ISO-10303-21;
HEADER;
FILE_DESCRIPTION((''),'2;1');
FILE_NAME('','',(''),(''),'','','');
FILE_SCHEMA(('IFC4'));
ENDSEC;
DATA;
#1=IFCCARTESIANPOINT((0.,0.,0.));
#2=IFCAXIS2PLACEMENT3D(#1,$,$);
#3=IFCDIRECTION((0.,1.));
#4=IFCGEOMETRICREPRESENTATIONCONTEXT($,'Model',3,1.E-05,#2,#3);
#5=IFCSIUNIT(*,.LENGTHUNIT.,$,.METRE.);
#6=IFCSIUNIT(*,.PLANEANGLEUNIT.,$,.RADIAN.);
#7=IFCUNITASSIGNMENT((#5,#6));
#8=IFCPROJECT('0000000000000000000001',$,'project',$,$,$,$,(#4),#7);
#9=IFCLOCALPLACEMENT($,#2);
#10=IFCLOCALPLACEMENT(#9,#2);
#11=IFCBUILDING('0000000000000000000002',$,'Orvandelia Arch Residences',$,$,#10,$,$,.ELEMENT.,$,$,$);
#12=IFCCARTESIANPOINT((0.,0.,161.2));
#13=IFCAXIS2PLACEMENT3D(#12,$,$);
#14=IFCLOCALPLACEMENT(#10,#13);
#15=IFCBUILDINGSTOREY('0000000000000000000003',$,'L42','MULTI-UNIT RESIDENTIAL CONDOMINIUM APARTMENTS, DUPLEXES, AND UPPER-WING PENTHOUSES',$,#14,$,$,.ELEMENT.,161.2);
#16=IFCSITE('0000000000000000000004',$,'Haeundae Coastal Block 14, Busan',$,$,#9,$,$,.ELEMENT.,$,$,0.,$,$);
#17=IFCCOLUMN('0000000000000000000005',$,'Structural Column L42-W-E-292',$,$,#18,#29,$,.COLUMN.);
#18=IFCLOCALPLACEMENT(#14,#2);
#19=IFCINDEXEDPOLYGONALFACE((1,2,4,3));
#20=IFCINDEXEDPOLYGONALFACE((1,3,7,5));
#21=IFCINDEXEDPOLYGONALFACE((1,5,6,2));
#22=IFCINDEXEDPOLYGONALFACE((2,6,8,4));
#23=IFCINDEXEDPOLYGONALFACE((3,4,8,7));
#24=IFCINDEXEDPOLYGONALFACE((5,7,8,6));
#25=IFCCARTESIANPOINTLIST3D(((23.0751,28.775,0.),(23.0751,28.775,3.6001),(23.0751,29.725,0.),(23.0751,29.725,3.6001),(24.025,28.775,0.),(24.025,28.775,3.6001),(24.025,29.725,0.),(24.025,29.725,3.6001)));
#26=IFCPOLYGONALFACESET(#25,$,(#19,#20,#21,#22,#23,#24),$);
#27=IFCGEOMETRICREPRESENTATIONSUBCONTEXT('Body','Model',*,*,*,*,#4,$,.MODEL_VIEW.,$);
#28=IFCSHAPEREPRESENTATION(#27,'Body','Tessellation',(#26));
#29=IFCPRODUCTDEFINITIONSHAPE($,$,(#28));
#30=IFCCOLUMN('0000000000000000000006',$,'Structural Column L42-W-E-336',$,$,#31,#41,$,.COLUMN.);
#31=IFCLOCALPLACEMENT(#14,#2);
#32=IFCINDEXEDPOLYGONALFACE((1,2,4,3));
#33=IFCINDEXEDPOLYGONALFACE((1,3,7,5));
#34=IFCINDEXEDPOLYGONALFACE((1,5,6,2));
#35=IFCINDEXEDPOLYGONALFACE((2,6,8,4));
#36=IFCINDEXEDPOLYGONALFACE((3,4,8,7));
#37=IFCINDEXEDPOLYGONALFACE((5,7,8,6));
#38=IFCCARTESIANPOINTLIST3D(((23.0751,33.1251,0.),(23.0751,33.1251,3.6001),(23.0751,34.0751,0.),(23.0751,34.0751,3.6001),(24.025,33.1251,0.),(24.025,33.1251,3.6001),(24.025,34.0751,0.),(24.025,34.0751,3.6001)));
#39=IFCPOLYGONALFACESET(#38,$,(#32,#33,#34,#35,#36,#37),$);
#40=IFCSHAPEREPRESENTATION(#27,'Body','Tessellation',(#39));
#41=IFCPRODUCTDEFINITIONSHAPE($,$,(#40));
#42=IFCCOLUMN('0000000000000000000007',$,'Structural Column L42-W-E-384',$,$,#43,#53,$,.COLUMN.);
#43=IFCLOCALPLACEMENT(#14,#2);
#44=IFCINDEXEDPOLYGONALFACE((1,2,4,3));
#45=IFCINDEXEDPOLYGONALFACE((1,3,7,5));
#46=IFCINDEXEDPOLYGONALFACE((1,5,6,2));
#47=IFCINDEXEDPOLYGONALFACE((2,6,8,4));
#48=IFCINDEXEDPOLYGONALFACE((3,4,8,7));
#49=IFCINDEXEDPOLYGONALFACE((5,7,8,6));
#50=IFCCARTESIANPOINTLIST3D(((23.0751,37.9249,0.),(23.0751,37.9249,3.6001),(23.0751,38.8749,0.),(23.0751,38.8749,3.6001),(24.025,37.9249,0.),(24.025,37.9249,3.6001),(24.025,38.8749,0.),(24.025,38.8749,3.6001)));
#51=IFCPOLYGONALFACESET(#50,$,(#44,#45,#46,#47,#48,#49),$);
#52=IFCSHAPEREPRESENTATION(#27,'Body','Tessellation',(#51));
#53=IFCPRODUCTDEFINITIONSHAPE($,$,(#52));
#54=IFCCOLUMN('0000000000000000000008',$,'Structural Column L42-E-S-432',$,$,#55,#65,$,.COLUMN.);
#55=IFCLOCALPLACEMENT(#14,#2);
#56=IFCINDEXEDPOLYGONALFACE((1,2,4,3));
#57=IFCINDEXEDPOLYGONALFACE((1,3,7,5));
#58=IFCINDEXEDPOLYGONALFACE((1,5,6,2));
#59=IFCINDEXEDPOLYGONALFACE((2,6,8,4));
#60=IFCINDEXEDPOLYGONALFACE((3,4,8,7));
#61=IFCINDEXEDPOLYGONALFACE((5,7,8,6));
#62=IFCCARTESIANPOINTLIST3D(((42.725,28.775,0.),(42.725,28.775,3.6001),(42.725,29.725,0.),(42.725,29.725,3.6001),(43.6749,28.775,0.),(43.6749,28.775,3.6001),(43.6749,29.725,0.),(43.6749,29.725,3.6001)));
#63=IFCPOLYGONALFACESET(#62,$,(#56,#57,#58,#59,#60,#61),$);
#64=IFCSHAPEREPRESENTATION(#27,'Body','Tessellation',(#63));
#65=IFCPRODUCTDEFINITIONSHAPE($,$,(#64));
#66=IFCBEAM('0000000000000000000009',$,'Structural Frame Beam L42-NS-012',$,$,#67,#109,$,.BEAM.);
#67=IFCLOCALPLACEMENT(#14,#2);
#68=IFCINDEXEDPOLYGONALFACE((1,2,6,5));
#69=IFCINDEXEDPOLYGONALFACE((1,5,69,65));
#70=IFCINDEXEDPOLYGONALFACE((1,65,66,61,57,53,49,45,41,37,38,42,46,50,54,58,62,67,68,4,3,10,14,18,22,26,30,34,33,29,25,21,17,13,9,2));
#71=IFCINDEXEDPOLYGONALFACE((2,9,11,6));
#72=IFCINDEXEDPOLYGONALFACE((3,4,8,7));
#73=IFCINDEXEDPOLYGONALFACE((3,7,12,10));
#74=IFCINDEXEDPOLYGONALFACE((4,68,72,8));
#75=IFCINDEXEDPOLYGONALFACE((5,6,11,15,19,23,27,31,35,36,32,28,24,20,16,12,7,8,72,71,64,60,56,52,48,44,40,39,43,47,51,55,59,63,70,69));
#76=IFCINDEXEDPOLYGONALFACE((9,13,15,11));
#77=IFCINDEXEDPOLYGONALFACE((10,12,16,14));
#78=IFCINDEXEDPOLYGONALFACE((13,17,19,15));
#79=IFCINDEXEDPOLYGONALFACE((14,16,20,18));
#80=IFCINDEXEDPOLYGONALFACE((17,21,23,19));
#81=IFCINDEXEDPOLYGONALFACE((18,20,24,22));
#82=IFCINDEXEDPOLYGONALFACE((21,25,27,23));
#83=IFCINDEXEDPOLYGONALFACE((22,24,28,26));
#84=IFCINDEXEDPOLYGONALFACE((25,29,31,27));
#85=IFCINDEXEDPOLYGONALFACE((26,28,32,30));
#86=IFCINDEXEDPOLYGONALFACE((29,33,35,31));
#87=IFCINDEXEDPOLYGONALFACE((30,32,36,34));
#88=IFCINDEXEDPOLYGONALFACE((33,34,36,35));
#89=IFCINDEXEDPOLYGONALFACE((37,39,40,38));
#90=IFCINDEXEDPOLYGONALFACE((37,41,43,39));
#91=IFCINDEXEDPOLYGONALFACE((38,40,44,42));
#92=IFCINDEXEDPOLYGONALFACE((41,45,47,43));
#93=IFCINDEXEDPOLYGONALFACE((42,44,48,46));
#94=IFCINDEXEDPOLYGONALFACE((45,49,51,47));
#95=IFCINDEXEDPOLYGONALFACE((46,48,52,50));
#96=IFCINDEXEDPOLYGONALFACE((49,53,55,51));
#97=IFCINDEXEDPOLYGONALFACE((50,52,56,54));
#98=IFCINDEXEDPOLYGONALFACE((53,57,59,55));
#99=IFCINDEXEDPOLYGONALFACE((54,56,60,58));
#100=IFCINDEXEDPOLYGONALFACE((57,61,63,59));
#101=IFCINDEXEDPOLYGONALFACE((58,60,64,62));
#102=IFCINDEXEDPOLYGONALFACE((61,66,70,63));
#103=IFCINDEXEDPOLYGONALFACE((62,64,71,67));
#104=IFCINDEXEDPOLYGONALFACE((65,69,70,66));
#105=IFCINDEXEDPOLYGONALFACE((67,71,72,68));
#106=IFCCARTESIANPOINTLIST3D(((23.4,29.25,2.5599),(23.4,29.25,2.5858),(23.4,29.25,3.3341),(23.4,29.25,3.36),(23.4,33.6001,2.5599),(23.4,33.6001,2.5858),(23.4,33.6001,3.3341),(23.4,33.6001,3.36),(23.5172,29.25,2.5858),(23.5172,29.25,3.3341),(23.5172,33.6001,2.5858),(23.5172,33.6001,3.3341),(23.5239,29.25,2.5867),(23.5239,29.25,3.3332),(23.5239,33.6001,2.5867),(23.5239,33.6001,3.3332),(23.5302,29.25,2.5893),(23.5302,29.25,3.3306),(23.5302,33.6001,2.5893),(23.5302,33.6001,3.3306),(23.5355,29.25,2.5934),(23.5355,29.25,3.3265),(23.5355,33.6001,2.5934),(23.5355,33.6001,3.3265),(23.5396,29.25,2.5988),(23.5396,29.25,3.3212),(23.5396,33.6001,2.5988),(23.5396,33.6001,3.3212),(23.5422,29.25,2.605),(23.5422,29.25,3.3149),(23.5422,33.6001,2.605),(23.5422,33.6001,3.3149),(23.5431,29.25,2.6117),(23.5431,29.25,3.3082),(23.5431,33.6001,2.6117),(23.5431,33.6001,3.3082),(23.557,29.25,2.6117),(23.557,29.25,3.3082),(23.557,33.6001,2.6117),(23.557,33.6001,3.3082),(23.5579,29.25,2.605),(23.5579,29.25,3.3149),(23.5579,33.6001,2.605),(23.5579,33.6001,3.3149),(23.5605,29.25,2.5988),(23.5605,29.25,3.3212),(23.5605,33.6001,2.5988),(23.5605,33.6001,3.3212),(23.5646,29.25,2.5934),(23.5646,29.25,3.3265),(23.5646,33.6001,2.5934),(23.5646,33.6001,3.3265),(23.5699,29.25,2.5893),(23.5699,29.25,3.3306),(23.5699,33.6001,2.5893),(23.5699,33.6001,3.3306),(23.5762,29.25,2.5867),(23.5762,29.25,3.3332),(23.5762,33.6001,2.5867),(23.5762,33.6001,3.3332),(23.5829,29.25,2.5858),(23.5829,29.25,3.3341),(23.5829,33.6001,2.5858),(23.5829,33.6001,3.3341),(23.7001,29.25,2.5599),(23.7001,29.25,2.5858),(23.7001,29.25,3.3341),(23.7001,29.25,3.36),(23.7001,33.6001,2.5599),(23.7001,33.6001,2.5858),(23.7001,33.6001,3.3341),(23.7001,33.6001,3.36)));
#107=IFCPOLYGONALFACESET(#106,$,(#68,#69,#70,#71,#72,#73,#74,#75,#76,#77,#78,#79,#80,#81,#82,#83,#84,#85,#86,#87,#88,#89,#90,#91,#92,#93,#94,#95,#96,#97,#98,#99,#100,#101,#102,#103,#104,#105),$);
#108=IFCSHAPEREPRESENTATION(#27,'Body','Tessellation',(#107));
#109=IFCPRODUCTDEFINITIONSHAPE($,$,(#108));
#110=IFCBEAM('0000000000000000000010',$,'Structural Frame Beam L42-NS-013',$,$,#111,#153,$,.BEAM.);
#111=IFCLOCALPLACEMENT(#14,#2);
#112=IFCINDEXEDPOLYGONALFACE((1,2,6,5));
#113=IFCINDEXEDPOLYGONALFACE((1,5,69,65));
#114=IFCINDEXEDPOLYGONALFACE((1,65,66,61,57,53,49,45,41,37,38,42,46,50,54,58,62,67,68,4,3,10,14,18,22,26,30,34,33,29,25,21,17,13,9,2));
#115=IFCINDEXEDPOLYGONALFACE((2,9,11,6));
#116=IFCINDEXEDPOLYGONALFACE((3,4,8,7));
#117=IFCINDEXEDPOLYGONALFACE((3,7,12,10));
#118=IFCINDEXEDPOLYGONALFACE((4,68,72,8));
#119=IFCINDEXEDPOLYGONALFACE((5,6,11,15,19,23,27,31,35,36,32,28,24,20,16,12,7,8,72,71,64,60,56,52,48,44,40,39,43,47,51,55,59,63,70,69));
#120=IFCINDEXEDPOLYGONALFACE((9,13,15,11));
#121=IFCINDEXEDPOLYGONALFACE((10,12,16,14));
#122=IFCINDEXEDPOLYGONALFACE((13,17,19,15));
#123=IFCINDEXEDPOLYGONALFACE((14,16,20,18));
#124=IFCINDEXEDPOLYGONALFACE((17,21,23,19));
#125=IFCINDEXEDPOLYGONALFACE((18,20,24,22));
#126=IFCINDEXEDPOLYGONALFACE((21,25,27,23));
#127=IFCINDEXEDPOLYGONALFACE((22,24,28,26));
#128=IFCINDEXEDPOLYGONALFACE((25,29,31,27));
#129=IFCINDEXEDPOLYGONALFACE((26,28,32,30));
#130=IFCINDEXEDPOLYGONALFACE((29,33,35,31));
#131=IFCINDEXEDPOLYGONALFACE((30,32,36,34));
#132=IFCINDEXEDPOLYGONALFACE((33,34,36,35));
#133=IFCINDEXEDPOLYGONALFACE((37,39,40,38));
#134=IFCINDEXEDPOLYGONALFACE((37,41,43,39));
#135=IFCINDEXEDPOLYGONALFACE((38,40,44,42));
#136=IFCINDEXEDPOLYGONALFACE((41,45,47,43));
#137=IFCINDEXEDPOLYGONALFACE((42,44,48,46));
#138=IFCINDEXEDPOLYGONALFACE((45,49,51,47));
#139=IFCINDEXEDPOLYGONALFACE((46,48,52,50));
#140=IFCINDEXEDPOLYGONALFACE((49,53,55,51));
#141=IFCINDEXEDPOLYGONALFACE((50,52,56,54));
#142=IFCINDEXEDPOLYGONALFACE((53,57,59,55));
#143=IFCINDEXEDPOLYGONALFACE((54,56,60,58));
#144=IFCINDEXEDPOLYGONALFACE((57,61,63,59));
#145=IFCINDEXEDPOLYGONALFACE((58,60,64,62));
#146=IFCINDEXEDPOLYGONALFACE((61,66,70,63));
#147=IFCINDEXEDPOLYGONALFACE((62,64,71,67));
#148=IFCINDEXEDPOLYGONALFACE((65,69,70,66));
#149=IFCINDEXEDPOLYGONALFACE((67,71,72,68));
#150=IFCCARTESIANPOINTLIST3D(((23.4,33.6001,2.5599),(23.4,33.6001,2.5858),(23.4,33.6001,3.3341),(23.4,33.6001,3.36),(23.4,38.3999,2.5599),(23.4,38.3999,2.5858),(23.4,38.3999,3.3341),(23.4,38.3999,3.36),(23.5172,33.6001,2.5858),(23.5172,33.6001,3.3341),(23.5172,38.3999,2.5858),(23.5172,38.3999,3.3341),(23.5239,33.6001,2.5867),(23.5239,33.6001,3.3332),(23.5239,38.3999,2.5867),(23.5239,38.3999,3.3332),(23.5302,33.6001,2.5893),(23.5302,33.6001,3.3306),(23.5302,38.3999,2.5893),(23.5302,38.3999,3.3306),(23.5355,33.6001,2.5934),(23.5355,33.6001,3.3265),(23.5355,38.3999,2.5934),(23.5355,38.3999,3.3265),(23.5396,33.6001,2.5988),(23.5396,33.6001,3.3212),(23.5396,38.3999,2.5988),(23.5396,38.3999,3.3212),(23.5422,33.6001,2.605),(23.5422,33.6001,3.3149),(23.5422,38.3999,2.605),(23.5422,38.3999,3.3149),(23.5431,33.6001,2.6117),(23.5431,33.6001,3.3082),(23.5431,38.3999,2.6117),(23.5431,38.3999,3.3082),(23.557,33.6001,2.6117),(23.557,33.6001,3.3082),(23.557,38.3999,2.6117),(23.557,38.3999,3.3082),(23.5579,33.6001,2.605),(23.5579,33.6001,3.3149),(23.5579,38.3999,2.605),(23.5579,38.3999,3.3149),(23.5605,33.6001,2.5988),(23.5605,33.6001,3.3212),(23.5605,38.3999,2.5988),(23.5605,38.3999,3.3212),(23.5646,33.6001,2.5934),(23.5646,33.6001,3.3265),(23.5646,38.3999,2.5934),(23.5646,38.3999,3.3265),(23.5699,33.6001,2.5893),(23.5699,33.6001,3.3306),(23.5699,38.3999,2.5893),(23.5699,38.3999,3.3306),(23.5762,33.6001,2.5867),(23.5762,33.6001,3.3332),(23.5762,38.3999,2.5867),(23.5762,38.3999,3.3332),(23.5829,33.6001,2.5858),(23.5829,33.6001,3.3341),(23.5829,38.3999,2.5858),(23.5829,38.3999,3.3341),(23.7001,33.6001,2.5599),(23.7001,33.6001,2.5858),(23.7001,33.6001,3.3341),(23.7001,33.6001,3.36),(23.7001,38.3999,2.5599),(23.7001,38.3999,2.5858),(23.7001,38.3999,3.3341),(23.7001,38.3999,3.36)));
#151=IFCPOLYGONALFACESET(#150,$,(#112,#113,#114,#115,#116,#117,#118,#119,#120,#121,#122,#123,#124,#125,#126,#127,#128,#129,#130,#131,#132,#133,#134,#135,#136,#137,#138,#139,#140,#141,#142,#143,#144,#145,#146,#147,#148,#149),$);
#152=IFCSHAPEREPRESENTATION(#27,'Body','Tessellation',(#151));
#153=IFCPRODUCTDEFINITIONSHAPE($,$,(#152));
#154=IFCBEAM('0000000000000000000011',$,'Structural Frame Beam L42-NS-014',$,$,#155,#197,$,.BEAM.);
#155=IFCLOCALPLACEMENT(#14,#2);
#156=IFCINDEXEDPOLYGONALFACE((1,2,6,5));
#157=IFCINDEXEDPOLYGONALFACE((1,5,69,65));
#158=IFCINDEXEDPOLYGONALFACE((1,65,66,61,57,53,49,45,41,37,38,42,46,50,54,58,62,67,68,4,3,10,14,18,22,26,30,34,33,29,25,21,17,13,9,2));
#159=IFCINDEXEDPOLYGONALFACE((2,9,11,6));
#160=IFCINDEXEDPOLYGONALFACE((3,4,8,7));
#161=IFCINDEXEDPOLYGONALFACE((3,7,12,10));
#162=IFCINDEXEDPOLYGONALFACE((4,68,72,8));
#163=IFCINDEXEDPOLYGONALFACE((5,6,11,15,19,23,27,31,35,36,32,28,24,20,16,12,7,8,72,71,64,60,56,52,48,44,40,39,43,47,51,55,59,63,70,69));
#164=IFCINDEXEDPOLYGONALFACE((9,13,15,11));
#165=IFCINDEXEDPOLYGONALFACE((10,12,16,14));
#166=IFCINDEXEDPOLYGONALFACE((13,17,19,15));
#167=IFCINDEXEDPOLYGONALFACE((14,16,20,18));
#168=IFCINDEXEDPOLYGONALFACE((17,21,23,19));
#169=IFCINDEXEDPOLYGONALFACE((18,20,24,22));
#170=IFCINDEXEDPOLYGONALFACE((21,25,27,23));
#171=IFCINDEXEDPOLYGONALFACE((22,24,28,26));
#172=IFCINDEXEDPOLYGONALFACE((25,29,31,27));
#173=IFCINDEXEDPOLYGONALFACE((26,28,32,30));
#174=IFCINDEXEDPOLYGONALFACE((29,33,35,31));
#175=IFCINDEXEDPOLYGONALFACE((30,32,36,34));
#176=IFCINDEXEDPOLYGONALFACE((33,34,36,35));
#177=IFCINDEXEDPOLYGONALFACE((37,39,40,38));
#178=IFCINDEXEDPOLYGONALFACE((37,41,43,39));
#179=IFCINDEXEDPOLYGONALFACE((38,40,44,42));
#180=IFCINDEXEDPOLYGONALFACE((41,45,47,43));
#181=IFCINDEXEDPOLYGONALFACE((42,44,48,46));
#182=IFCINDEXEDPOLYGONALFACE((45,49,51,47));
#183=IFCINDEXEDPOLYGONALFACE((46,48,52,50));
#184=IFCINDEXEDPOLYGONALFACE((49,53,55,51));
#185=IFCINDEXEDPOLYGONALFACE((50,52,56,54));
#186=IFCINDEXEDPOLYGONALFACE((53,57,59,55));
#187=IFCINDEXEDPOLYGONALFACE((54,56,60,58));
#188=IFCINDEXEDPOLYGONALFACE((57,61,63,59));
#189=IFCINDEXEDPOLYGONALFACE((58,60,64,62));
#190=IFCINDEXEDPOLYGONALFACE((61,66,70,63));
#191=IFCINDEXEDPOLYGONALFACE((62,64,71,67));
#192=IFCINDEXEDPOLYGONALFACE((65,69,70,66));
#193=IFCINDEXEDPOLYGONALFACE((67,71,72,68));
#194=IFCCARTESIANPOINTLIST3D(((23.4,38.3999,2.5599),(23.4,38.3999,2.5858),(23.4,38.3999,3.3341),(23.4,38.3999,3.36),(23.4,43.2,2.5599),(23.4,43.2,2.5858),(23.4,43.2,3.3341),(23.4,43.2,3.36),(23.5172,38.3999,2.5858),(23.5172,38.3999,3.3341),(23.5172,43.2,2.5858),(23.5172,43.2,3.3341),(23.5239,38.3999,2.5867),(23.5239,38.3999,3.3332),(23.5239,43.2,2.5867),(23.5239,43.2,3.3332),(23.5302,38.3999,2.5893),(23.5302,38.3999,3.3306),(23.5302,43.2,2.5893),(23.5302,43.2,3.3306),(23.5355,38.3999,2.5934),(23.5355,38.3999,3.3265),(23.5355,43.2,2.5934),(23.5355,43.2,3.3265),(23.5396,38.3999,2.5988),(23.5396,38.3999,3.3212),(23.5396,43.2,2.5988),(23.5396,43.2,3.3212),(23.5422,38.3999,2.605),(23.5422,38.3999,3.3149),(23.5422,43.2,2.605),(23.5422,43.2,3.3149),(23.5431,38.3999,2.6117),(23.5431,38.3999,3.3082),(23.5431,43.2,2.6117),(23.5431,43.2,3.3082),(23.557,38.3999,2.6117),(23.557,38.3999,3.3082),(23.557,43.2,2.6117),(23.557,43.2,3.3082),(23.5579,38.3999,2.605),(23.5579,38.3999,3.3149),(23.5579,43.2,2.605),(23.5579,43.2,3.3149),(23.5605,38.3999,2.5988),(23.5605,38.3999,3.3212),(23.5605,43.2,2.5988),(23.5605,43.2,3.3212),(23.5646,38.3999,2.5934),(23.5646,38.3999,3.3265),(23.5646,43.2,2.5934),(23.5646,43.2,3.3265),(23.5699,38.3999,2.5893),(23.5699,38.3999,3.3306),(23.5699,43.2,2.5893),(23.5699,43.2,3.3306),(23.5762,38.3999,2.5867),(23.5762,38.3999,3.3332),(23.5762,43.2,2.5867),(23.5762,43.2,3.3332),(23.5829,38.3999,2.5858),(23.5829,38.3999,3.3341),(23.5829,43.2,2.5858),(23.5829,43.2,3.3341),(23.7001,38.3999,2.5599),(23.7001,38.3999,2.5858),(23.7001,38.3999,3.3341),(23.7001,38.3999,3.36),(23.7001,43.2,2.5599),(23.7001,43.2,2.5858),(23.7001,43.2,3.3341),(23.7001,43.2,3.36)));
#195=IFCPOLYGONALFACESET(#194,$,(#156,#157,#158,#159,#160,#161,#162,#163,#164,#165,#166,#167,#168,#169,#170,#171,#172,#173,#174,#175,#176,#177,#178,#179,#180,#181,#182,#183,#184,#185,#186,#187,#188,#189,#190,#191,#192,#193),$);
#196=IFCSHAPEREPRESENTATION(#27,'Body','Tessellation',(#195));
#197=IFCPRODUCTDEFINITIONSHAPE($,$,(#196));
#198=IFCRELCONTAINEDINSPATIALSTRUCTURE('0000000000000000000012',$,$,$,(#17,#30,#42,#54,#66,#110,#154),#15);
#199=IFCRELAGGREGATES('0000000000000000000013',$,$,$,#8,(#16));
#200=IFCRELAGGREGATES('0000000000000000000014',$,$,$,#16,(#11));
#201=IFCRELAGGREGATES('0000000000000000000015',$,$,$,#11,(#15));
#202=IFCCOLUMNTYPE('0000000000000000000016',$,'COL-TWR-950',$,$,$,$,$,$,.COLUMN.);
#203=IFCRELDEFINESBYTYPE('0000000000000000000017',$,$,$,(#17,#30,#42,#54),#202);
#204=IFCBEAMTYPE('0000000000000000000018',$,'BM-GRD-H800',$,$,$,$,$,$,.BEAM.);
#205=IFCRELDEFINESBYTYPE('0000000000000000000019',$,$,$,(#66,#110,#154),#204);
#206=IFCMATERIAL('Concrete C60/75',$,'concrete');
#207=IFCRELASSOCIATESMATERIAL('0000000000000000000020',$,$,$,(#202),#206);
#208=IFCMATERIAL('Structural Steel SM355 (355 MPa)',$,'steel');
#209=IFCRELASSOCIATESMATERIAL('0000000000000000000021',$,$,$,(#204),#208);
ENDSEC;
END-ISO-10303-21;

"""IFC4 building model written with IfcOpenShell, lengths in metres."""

from ifc_helpers import new_model, si_unit, direction, frame, origin, origin_2d, place, context, subcontext, project, spatial, rectangle, i_section, extrude, material, material_profile, profile_set, type_object, element, save


model = new_model("IFC4")

# Units and contexts
model_context = context("Model", 3, precision=1e-05, world=origin(), true_north=direction((0.0, 1.0)))
body_context = subcontext(model_context, "Body", "Model", "MODEL_VIEW")
ifc_project = project(units=[si_unit("LENGTHUNIT", "METRE"), si_unit("PLANEANGLEUNIT", "RADIAN")], contexts=[model_context])

# Site, building, storey
site_placement = place(None, origin())
site = spatial("IfcSite", under=ifc_project, at=site_placement, Name="Haeundae Coastal Block 14, Busan", CompositionType="ELEMENT", RefElevation=0.0)
building_placement = place(site_placement, origin())
building = spatial("IfcBuilding", under=site, at=building_placement, Name="Orvandelia Arch Residences", CompositionType="ELEMENT")
storey_placement = place(building_placement, frame((0.0, 0.0, 161.2)))
storey = spatial("IfcBuildingStorey", under=building, at=storey_placement, Name="L42", Description="MULTI-UNIT RESIDENTIAL CONDOMINIUM APARTMENTS, DUPLEXES, AND UPPER-WING PENTHOUSES", CompositionType="ELEMENT", Elevation=161.2)

# Columns
ifc_material_1 = material(Name="Concrete C60/75", Category="concrete")
ifc_material_profile_1 = material_profile(ifc_material_1, rectangle(XDim=0.95, YDim=0.95, at=origin_2d()), Name="Concrete C60/75", Category="concrete")
ifc_profile_set_1 = profile_set([ifc_material_profile_1], Name="Concrete C60/75")
column_type = type_object("IfcColumnType", Name="COL-TWR-950", PredefinedType="COLUMN", material=ifc_profile_set_1)
for number, where, z_axis, x_axis, name in (
    (1, (23.55, 29.25, 0.0), (0.0, 0.0, 1.0), (1.0, 0.0, 0.0), "Structural Column L42-W-E-292"),
    (2, (23.55, 33.6001, 0.0), (0.0, 0.0, 1.0), (1.0, 0.0, 0.0), "Structural Column L42-W-E-336"),
    (3, (23.55, 38.3999, 0.0), (0.0, 0.0, 1.0), (1.0, 0.0, 0.0), "Structural Column L42-W-E-384"),
    (4, (43.2, 29.25, 0.0), (0.0, 0.0, 1.0), (1.0, 0.0, 0.0), "Structural Column L42-E-S-432"),
):
    element("IfcColumn", number, at=place(storey_placement, frame(where, z_axis=z_axis, x_axis=x_axis)), inside=storey, type_object=column_type, Name=name, PredefinedType="COLUMN", context=body_context, shape_type="SweptSolid", body=[
        extrude(rectangle(XDim=0.95, YDim=0.95, at=origin_2d()), origin(), (0.0, 0.0, 1.0), 3.6001),
    ])

# Beams
ifc_material_2 = material(Name="Structural Steel SM355 (355 MPa)", Category="steel")
ifc_material_profile_2 = material_profile(ifc_material_2, i_section(OverallWidth=0.3, OverallDepth=0.8, WebThickness=0.0139, FlangeThickness=0.0259, FilletRadius=0.0259, at=origin_2d()), Name="Structural Steel SM355 (355 MPa)", Category="steel")
ifc_profile_set_2 = profile_set([ifc_material_profile_2], Name="Structural Steel SM355 (355 MPa)")
beam_type = type_object("IfcBeamType", Name="BM-GRD-H800", PredefinedType="BEAM", material=ifc_profile_set_2)
beam_1_placement = place(storey_placement, frame((23.55, 29.25, 2.96), z_axis=(0.0, 1.0, 0.0), x_axis=(-1.0, 0.0, 0.0)))
element("IfcBeam", 5, at=beam_1_placement, inside=storey, type_object=beam_type, Name="Structural Frame Beam L42-NS-012", PredefinedType="BEAM", context=body_context, shape_type="SweptSolid", body=[
    extrude(i_section(OverallWidth=0.3, OverallDepth=0.8, WebThickness=0.0139, FlangeThickness=0.0259, FilletRadius=0.0259, at=origin_2d()), origin(), (0.0, 0.0, 1.0), 4.3501),
])
beam_2_placement = place(storey_placement, frame((23.55, 33.6001, 2.96), z_axis=(0.0, 1.0, 0.0), x_axis=(-1.0, 0.0, 0.0)))
element("IfcBeam", 6, at=beam_2_placement, inside=storey, type_object=beam_type, Name="Structural Frame Beam L42-NS-013", PredefinedType="BEAM", context=body_context, shape_type="SweptSolid", body=[
    extrude(i_section(OverallWidth=0.3, OverallDepth=0.8, WebThickness=0.0139, FlangeThickness=0.0259, FilletRadius=0.0259, at=origin_2d()), origin(), (0.0, 0.0, 1.0), 4.7998),
])
beam_3_placement = place(storey_placement, frame((23.55, 38.3999, 2.96), z_axis=(0.0, 1.0, 0.0), x_axis=(-1.0, 0.0, 0.0)))
element("IfcBeam", 7, at=beam_3_placement, inside=storey, type_object=beam_type, Name="Structural Frame Beam L42-NS-014", PredefinedType="BEAM", context=body_context, shape_type="SweptSolid", body=[
    extrude(i_section(OverallWidth=0.3, OverallDepth=0.8, WebThickness=0.0139, FlangeThickness=0.0259, FilletRadius=0.0259, at=origin_2d()), origin(), (0.0, 0.0, 1.0), 4.8),
])

save(model, "model.ifc")
